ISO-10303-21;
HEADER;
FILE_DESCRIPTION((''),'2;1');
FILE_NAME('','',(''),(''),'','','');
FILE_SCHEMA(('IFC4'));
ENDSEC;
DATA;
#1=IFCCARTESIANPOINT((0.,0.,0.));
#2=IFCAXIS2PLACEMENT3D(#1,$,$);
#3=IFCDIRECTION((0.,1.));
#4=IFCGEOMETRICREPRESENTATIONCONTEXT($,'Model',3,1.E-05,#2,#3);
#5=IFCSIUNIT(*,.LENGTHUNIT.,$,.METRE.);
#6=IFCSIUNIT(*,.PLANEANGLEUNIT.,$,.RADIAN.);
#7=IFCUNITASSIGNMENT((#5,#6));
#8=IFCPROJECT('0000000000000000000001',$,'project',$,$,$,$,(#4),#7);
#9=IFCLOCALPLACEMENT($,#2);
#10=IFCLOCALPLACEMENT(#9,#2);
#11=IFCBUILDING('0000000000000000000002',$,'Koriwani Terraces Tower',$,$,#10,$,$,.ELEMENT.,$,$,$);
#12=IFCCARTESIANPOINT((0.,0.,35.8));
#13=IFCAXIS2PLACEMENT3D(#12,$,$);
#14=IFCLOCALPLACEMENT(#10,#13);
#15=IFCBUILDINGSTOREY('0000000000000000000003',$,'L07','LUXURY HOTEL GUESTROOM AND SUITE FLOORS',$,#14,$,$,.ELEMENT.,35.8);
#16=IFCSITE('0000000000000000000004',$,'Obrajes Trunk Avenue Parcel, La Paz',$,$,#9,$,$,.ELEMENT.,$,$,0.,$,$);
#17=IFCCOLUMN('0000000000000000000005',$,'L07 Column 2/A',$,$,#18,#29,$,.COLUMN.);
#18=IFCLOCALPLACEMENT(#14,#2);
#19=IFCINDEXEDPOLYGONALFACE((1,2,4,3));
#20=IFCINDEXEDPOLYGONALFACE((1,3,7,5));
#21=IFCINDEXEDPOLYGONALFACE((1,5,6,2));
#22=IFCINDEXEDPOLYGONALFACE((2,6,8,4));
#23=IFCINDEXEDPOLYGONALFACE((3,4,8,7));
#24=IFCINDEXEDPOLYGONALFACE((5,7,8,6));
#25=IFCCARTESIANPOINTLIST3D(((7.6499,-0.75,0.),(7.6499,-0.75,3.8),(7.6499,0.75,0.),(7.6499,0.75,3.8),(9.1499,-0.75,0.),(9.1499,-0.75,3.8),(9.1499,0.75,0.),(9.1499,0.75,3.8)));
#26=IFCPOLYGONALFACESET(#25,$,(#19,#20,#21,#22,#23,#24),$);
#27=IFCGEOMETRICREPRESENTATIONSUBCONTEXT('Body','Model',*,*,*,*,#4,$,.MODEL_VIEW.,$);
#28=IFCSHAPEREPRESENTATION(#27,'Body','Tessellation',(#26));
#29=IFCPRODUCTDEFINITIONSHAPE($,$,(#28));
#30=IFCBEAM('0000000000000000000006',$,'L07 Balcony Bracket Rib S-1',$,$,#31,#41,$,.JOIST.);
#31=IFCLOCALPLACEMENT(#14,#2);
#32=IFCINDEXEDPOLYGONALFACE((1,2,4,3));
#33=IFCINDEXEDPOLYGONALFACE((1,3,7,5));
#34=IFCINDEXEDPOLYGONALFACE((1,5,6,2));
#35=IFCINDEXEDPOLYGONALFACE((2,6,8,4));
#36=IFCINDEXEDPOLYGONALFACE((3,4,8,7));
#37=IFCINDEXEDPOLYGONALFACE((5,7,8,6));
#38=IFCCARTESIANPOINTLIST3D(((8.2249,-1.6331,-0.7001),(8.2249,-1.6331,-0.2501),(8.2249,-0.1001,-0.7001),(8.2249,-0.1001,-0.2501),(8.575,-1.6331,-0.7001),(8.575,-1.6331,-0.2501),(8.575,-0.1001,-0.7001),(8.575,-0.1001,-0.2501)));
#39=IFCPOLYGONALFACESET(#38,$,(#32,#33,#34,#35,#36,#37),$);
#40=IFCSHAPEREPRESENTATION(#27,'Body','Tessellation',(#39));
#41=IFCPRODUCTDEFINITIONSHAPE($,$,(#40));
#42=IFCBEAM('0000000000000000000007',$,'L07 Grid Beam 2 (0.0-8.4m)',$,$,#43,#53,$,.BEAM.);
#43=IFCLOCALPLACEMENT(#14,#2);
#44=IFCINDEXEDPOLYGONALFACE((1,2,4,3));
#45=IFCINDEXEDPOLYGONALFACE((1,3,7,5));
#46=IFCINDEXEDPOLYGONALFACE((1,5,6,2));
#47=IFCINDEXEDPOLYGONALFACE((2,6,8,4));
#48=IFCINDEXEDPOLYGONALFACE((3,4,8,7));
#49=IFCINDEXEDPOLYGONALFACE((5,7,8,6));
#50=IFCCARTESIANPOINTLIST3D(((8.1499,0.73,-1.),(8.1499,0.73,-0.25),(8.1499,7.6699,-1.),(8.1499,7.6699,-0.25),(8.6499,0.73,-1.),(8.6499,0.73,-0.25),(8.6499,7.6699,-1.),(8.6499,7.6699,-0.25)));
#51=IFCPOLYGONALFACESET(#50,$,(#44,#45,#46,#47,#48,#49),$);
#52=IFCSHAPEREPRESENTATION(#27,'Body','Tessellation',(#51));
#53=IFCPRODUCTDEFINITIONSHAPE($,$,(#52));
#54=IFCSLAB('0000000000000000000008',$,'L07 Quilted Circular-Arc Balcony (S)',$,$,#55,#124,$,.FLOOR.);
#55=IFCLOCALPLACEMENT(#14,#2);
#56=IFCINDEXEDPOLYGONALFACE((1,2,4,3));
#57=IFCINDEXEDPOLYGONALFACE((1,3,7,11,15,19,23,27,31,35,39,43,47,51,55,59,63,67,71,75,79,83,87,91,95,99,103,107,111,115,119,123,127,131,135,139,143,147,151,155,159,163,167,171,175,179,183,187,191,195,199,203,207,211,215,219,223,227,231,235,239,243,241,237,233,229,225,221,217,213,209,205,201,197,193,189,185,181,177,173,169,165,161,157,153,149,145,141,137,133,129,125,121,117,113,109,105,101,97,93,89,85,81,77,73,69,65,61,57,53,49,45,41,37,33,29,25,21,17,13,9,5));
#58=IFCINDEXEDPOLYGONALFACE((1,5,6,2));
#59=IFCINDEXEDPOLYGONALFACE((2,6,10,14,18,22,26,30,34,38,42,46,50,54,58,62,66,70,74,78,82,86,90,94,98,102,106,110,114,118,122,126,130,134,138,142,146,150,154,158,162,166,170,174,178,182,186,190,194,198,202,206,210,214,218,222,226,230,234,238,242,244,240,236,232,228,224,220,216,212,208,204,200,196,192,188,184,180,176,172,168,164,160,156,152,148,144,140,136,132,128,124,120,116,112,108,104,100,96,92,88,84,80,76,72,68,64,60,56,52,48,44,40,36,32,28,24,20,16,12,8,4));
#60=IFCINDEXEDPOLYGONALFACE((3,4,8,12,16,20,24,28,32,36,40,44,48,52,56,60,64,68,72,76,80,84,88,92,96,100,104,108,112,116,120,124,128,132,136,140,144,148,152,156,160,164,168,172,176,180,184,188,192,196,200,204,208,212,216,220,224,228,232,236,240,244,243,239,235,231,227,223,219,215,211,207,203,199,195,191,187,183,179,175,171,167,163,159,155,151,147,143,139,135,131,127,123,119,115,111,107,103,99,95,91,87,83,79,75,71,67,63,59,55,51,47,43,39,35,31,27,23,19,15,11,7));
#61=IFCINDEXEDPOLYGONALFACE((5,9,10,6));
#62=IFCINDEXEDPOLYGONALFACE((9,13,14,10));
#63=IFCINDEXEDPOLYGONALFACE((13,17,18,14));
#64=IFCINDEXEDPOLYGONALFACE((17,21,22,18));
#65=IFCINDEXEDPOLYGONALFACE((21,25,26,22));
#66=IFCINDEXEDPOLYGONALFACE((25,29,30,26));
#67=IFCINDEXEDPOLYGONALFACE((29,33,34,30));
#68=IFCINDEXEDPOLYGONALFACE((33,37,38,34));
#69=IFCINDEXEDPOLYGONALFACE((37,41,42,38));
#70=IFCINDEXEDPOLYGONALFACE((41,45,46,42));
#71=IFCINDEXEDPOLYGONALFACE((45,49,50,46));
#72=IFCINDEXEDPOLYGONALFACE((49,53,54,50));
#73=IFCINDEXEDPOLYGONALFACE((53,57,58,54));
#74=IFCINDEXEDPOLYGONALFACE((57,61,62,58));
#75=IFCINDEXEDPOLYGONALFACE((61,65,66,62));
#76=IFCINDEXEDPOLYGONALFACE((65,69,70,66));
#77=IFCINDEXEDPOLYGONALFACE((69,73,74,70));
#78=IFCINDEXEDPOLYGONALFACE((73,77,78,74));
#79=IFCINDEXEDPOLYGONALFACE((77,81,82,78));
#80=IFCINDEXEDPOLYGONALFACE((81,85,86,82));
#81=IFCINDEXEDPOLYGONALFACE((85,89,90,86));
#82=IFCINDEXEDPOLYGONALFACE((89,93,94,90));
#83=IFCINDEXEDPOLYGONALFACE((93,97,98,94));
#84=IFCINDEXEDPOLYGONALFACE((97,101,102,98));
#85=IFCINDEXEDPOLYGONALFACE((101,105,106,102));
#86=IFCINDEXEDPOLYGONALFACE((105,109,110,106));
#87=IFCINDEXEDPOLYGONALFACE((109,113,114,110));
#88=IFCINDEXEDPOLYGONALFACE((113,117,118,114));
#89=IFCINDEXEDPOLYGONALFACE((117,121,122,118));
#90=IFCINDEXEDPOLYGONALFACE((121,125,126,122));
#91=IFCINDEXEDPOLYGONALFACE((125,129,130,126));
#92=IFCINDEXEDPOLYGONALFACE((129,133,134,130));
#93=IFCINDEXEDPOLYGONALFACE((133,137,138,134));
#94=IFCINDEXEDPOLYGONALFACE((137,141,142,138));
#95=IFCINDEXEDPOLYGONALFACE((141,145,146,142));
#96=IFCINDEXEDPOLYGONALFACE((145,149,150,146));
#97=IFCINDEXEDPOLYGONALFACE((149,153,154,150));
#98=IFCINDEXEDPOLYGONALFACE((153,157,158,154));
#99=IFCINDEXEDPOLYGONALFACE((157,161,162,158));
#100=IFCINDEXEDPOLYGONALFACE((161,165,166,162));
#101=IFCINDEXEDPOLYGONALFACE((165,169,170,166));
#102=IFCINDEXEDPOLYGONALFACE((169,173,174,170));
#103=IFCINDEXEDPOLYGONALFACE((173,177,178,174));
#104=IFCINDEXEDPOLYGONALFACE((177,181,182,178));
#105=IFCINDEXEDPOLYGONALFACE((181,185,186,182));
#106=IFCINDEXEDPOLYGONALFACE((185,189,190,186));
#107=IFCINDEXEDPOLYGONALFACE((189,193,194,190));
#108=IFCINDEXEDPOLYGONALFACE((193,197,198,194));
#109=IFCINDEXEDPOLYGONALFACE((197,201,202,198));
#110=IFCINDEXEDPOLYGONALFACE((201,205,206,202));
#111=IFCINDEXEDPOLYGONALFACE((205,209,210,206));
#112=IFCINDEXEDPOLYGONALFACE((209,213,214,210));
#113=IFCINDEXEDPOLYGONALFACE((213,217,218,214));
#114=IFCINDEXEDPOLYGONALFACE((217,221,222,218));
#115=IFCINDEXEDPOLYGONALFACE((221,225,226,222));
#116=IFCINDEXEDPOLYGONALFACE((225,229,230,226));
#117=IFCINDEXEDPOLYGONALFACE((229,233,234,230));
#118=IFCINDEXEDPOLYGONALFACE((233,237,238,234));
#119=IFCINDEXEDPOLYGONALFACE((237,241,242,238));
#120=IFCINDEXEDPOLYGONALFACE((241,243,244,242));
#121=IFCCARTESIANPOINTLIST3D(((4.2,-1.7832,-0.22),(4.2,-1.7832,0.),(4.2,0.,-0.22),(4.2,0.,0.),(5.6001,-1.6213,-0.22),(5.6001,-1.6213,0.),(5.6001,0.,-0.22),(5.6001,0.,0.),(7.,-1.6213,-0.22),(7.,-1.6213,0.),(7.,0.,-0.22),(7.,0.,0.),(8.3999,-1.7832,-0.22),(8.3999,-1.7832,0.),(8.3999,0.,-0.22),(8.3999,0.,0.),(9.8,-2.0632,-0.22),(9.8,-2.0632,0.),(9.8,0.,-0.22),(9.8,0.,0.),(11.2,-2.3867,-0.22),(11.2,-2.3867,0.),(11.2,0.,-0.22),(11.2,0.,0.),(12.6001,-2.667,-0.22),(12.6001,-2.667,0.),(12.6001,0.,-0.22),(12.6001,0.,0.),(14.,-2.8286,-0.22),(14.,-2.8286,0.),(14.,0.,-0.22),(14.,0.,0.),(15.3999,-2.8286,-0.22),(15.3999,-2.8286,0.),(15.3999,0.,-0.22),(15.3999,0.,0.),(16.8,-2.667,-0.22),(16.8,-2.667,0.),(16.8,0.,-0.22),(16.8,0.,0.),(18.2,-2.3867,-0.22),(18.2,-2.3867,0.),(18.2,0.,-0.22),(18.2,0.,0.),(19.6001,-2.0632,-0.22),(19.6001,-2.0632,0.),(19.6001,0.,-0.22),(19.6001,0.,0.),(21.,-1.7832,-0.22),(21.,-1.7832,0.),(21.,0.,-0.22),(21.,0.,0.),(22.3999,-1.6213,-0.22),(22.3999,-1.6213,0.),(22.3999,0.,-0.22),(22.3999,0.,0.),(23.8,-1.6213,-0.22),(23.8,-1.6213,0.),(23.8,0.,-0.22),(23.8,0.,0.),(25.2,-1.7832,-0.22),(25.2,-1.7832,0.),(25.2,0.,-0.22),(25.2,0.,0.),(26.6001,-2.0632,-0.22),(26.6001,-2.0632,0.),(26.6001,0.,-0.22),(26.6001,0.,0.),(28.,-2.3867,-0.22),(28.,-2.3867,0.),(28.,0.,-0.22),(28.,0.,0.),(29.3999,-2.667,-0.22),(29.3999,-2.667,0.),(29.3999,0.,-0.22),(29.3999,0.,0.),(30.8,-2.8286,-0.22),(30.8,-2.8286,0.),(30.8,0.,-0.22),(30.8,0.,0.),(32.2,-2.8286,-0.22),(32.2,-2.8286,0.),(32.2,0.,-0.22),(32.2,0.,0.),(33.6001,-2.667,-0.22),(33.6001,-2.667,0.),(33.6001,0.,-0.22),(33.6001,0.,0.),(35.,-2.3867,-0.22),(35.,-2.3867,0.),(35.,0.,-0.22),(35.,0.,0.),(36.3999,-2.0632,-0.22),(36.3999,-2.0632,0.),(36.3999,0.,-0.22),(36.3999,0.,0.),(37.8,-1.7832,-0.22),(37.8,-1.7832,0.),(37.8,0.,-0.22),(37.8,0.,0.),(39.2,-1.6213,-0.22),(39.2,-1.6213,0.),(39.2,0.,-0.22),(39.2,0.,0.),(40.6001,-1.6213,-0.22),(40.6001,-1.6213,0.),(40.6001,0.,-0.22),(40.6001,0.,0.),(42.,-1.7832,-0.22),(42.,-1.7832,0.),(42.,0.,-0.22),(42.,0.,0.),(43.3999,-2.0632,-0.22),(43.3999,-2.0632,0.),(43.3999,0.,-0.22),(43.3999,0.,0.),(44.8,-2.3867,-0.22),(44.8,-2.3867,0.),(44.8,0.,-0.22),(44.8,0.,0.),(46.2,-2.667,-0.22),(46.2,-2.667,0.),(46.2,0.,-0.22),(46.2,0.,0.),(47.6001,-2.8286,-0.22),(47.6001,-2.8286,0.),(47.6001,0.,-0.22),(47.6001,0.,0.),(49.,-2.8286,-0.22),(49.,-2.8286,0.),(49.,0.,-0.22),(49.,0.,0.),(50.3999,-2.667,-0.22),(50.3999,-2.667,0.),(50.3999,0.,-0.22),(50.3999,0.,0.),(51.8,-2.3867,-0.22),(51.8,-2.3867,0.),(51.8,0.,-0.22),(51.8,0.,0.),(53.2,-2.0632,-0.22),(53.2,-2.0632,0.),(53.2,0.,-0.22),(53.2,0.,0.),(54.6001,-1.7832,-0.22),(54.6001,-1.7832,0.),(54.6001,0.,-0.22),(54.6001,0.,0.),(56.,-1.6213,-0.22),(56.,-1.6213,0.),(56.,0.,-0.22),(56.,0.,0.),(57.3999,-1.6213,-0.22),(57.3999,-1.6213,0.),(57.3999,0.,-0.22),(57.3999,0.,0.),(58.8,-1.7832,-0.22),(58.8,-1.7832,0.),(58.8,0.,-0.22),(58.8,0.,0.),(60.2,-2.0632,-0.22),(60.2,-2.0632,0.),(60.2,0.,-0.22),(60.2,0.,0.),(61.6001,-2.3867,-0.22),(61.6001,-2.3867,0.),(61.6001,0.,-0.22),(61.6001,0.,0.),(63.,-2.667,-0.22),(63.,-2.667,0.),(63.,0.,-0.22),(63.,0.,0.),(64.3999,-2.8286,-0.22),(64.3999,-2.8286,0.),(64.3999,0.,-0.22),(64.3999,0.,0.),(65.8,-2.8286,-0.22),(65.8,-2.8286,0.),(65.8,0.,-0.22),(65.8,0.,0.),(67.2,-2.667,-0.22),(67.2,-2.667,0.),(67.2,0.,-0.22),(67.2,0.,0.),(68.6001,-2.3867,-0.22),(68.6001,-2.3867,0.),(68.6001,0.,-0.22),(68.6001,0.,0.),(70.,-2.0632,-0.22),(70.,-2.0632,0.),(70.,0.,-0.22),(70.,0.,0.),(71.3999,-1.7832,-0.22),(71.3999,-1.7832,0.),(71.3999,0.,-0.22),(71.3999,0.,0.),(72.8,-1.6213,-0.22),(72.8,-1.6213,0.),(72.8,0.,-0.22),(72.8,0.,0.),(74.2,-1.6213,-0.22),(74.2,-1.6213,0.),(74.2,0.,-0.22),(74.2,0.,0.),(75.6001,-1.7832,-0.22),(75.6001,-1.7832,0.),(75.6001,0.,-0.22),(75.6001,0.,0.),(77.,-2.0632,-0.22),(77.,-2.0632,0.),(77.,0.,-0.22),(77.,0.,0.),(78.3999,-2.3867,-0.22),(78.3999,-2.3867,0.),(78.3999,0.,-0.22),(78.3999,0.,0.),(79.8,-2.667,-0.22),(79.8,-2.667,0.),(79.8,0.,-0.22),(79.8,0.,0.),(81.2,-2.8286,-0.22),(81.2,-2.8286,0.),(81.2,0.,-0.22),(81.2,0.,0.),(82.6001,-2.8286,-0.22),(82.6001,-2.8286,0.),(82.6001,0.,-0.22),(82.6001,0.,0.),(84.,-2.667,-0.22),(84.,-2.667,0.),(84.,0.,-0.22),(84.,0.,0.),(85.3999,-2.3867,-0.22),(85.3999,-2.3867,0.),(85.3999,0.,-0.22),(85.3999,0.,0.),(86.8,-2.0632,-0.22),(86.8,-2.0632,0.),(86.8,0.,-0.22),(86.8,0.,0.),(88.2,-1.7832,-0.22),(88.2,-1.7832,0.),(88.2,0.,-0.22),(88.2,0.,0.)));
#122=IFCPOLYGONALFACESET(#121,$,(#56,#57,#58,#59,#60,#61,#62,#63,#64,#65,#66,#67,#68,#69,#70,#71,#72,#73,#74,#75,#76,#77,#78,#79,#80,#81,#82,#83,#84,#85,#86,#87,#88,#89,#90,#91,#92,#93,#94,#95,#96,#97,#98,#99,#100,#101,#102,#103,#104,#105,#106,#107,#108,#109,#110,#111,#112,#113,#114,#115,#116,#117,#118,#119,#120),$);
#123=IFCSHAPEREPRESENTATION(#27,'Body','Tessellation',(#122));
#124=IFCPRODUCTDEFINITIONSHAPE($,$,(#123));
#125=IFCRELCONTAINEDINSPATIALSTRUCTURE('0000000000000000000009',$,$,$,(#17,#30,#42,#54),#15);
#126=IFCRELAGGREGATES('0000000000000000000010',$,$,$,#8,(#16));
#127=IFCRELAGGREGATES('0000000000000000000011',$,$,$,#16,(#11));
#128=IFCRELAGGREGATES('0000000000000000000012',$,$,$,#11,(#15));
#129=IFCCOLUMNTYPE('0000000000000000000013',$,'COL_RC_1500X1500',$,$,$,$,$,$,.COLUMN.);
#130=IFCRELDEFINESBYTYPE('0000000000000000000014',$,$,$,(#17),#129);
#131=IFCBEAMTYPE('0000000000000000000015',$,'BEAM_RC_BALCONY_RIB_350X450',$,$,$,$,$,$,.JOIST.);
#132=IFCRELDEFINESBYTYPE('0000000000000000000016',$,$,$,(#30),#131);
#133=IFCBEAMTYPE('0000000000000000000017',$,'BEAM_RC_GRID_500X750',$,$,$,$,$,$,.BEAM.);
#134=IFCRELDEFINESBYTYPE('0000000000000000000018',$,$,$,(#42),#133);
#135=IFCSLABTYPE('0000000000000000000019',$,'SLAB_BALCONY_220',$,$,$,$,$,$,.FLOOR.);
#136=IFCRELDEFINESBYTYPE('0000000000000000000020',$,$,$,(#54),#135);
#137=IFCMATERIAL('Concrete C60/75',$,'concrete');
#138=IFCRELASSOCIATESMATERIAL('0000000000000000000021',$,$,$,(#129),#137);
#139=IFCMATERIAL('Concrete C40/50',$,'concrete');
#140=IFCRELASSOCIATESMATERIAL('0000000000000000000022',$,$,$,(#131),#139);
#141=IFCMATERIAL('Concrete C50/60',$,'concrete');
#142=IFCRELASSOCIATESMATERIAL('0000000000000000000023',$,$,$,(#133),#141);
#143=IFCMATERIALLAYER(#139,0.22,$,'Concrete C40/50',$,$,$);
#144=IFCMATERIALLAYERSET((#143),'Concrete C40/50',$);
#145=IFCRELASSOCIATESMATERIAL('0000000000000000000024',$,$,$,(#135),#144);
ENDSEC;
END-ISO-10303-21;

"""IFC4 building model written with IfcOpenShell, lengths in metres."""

from ifc_helpers import new_model, si_unit, direction, frame, origin, origin_2d, place, context, subcontext, project, spatial, polyline, rectangle, outline, extrude, material, layer, layer_set, material_profile, profile_set, type_object, element, save


model = new_model("IFC4")

# Units and contexts
model_context = context("Model", 3, precision=1e-05, world=origin(), true_north=direction((0.0, 1.0)))
body_context = subcontext(model_context, "Body", "Model", "MODEL_VIEW")
ifc_project = project(units=[si_unit("LENGTHUNIT", "METRE"), si_unit("PLANEANGLEUNIT", "RADIAN")], contexts=[model_context])

# Site, building, storey
site_placement = place(None, origin())
site = spatial("IfcSite", under=ifc_project, at=site_placement, Name="Obrajes Trunk Avenue Parcel, La Paz", CompositionType="ELEMENT", RefElevation=0.0)
building_placement = place(site_placement, origin())
building = spatial("IfcBuilding", under=site, at=building_placement, Name="Koriwani Terraces Tower", CompositionType="ELEMENT")
storey_placement = place(building_placement, frame((0.0, 0.0, 35.8)))
storey = spatial("IfcBuildingStorey", under=building, at=storey_placement, Name="L07", Description="LUXURY HOTEL GUESTROOM AND SUITE FLOORS", CompositionType="ELEMENT", Elevation=35.8)

# Column
ifc_material_1 = material(Name="Concrete C60/75", Category="concrete")
ifc_material_profile_1 = material_profile(ifc_material_1, rectangle(XDim=1.5, YDim=1.5, at=origin_2d()), Name="Concrete C60/75", Category="LoadBearing")
ifc_profile_set_1 = profile_set([ifc_material_profile_1], Name="Concrete C60/75")
column_type = type_object("IfcColumnType", Name="COL_RC_1500X1500", PredefinedType="COLUMN", material=ifc_profile_set_1)
column_placement = place(storey_placement, frame((8.3999, 0.0, 0.0), z_axis=(0.0, 0.0, 1.0), x_axis=(1.0, 0.0, 0.0)))
element("IfcColumn", 1, at=column_placement, inside=storey, type_object=column_type, Name="L07 Column 2/A", PredefinedType="COLUMN", context=body_context, shape_type="SweptSolid", body=[
    extrude(rectangle(XDim=1.5, YDim=1.5, at=origin_2d()), origin(), (0.0, 0.0, 1.0), 3.8),
])

# Beams
ifc_material_2 = material(Name="Concrete C40/50", Category="concrete")
ifc_material_profile_2 = material_profile(ifc_material_2, rectangle(XDim=0.3501, YDim=0.45, at=origin_2d()), Name="Concrete C40/50", Category="LoadBearing")
ifc_profile_set_2 = profile_set([ifc_material_profile_2], Name="Concrete C40/50")
beam_type_1 = type_object("IfcBeamType", Name="BEAM_RC_BALCONY_RIB_350X450", PredefinedType="JOIST", material=ifc_profile_set_2)
beam_1_placement = place(storey_placement, frame((8.3999, -1.6331, -0.4751), z_axis=(0.0, 1.0, 0.0), x_axis=(-1.0, 0.0, 0.0)))
element("IfcBeam", 2, at=beam_1_placement, inside=storey, type_object=beam_type_1, Name="L07 Balcony Bracket Rib S-1", PredefinedType="JOIST", context=body_context, shape_type="SweptSolid", body=[
    extrude(rectangle(XDim=0.3501, YDim=0.45, at=origin_2d()), origin(), (0.0, 0.0, 1.0), 1.533),
])
ifc_material_3 = material(Name="Concrete C50/60", Category="concrete")
ifc_material_profile_3 = material_profile(ifc_material_3, rectangle(XDim=0.5, YDim=0.75, at=origin_2d()), Name="Concrete C50/60", Category="LoadBearing")
ifc_profile_set_3 = profile_set([ifc_material_profile_3], Name="Concrete C50/60")
beam_type_2 = type_object("IfcBeamType", Name="BEAM_RC_GRID_500X750", PredefinedType="BEAM", material=ifc_profile_set_3)
beam_2_placement = place(storey_placement, frame((8.3999, 0.73, -0.625), z_axis=(0.0, 1.0, 0.0), x_axis=(-1.0, 0.0, 0.0)))
element("IfcBeam", 3, at=beam_2_placement, inside=storey, type_object=beam_type_2, Name="L07 Grid Beam 2 (0.0-8.4m)", PredefinedType="BEAM", context=body_context, shape_type="SweptSolid", body=[
    extrude(rectangle(XDim=0.5, YDim=0.75, at=origin_2d()), origin(), (0.0, 0.0, 1.0), 6.9399),
])

# Slab
ifc_layer_1 = layer(ifc_material_2, 0.22, Name="Concrete C40/50")
ifc_layer_set_1 = layer_set([ifc_layer_1], Name="Concrete C40/50")
slab_type_1 = type_object("IfcSlabType", Name="SLAB_BALCONY_220", PredefinedType="FLOOR", material=ifc_layer_set_1)
slab_1_placement = place(storey_placement, frame((0.0, 0.0, -0.22)))
element("IfcSlab", 4, at=slab_1_placement, inside=storey, type_object=slab_type_1, Name="L07 Quilted Circular-Arc Balcony (S)", PredefinedType="FLOOR", context=body_context, shape_type="SweptSolid", body=[
    extrude(outline(polyline([(4.2, 0.0), (5.6001, 0.0), (7.0, 0.0), (8.3999, 0.0), (9.8, 0.0), (11.2, 0.0), (12.6001, 0.0), (14.0, 0.0), (15.3999, 0.0), (16.8, 0.0), (18.2, 0.0), (19.6001, 0.0), (21.0, 0.0), (22.3999, 0.0), (23.8, 0.0), (25.2, 0.0), (26.6001, 0.0), (28.0, 0.0), (29.3999, 0.0), (30.8, 0.0), (32.2, 0.0), (33.6001, 0.0), (35.0, 0.0), (36.3999, 0.0), (37.8, 0.0), (39.2, 0.0), (40.6001, 0.0), (42.0, 0.0), (43.3999, 0.0), (44.8, 0.0), (46.2, 0.0), (47.6001, 0.0), (49.0, 0.0), (50.3999, 0.0), (51.8, 0.0), (53.2, 0.0), (54.6001, 0.0), (56.0, 0.0), (57.3999, 0.0), (58.8, 0.0), (60.2, 0.0), (61.6001, 0.0), (63.0, 0.0), (64.3999, 0.0), (65.8, 0.0), (67.2, 0.0), (68.6001, 0.0), (70.0, 0.0), (71.3999, 0.0), (72.8, 0.0), (74.2, 0.0), (75.6001, 0.0), (77.0, 0.0), (78.3999, 0.0), (79.8, 0.0), (81.2, 0.0), (82.6001, 0.0), (84.0, 0.0), (85.3999, 0.0), (86.8, 0.0), (88.2, 0.0), (88.2, -1.7832), (86.8, -2.0632), (85.3999, -2.3867), (84.0, -2.667), (82.6001, -2.8286), (81.2, -2.8286), (79.8, -2.667), (78.3999, -2.3867), (77.0, -2.0632), (75.6001, -1.7832), (74.2, -1.6213), (72.8, -1.6213), (71.3999, -1.7832), (70.0, -2.0632), (68.6001, -2.3867), (67.2, -2.667), (65.8, -2.8286), (64.3999, -2.8286), (63.0, -2.667), (61.6001, -2.3867), (60.2, -2.0632), (58.8, -1.7832), (57.3999, -1.6213), (56.0, -1.6213), (54.6001, -1.7832), (53.2, -2.0632), (51.8, -2.3867), (50.3999, -2.667), (49.0, -2.8286), (47.6001, -2.8286), (46.2, -2.667), (44.8, -2.3867), (43.3999, -2.0632), (42.0, -1.7832), (40.6001, -1.6213), (39.2, -1.6213), (37.8, -1.7832), (36.3999, -2.0632), (35.0, -2.3867), (33.6001, -2.667), (32.2, -2.8286), (30.8, -2.8286), (29.3999, -2.667), (28.0, -2.3867), (26.6001, -2.0632), (25.2, -1.7832), (23.8, -1.6213), (22.3999, -1.6213), (21.0, -1.7832), (19.6001, -2.0632), (18.2, -2.3867), (16.8, -2.667), (15.3999, -2.8286), (14.0, -2.8286), (12.6001, -2.667), (11.2, -2.3867), (9.8, -2.0632), (8.3999, -1.7832), (7.0, -1.6213), (5.6001, -1.6213), (4.2, -1.7832), (4.2, 0.0)])), origin(), (0.0, 0.0, 1.0), 0.22),
])

save(model, "model.ifc")
